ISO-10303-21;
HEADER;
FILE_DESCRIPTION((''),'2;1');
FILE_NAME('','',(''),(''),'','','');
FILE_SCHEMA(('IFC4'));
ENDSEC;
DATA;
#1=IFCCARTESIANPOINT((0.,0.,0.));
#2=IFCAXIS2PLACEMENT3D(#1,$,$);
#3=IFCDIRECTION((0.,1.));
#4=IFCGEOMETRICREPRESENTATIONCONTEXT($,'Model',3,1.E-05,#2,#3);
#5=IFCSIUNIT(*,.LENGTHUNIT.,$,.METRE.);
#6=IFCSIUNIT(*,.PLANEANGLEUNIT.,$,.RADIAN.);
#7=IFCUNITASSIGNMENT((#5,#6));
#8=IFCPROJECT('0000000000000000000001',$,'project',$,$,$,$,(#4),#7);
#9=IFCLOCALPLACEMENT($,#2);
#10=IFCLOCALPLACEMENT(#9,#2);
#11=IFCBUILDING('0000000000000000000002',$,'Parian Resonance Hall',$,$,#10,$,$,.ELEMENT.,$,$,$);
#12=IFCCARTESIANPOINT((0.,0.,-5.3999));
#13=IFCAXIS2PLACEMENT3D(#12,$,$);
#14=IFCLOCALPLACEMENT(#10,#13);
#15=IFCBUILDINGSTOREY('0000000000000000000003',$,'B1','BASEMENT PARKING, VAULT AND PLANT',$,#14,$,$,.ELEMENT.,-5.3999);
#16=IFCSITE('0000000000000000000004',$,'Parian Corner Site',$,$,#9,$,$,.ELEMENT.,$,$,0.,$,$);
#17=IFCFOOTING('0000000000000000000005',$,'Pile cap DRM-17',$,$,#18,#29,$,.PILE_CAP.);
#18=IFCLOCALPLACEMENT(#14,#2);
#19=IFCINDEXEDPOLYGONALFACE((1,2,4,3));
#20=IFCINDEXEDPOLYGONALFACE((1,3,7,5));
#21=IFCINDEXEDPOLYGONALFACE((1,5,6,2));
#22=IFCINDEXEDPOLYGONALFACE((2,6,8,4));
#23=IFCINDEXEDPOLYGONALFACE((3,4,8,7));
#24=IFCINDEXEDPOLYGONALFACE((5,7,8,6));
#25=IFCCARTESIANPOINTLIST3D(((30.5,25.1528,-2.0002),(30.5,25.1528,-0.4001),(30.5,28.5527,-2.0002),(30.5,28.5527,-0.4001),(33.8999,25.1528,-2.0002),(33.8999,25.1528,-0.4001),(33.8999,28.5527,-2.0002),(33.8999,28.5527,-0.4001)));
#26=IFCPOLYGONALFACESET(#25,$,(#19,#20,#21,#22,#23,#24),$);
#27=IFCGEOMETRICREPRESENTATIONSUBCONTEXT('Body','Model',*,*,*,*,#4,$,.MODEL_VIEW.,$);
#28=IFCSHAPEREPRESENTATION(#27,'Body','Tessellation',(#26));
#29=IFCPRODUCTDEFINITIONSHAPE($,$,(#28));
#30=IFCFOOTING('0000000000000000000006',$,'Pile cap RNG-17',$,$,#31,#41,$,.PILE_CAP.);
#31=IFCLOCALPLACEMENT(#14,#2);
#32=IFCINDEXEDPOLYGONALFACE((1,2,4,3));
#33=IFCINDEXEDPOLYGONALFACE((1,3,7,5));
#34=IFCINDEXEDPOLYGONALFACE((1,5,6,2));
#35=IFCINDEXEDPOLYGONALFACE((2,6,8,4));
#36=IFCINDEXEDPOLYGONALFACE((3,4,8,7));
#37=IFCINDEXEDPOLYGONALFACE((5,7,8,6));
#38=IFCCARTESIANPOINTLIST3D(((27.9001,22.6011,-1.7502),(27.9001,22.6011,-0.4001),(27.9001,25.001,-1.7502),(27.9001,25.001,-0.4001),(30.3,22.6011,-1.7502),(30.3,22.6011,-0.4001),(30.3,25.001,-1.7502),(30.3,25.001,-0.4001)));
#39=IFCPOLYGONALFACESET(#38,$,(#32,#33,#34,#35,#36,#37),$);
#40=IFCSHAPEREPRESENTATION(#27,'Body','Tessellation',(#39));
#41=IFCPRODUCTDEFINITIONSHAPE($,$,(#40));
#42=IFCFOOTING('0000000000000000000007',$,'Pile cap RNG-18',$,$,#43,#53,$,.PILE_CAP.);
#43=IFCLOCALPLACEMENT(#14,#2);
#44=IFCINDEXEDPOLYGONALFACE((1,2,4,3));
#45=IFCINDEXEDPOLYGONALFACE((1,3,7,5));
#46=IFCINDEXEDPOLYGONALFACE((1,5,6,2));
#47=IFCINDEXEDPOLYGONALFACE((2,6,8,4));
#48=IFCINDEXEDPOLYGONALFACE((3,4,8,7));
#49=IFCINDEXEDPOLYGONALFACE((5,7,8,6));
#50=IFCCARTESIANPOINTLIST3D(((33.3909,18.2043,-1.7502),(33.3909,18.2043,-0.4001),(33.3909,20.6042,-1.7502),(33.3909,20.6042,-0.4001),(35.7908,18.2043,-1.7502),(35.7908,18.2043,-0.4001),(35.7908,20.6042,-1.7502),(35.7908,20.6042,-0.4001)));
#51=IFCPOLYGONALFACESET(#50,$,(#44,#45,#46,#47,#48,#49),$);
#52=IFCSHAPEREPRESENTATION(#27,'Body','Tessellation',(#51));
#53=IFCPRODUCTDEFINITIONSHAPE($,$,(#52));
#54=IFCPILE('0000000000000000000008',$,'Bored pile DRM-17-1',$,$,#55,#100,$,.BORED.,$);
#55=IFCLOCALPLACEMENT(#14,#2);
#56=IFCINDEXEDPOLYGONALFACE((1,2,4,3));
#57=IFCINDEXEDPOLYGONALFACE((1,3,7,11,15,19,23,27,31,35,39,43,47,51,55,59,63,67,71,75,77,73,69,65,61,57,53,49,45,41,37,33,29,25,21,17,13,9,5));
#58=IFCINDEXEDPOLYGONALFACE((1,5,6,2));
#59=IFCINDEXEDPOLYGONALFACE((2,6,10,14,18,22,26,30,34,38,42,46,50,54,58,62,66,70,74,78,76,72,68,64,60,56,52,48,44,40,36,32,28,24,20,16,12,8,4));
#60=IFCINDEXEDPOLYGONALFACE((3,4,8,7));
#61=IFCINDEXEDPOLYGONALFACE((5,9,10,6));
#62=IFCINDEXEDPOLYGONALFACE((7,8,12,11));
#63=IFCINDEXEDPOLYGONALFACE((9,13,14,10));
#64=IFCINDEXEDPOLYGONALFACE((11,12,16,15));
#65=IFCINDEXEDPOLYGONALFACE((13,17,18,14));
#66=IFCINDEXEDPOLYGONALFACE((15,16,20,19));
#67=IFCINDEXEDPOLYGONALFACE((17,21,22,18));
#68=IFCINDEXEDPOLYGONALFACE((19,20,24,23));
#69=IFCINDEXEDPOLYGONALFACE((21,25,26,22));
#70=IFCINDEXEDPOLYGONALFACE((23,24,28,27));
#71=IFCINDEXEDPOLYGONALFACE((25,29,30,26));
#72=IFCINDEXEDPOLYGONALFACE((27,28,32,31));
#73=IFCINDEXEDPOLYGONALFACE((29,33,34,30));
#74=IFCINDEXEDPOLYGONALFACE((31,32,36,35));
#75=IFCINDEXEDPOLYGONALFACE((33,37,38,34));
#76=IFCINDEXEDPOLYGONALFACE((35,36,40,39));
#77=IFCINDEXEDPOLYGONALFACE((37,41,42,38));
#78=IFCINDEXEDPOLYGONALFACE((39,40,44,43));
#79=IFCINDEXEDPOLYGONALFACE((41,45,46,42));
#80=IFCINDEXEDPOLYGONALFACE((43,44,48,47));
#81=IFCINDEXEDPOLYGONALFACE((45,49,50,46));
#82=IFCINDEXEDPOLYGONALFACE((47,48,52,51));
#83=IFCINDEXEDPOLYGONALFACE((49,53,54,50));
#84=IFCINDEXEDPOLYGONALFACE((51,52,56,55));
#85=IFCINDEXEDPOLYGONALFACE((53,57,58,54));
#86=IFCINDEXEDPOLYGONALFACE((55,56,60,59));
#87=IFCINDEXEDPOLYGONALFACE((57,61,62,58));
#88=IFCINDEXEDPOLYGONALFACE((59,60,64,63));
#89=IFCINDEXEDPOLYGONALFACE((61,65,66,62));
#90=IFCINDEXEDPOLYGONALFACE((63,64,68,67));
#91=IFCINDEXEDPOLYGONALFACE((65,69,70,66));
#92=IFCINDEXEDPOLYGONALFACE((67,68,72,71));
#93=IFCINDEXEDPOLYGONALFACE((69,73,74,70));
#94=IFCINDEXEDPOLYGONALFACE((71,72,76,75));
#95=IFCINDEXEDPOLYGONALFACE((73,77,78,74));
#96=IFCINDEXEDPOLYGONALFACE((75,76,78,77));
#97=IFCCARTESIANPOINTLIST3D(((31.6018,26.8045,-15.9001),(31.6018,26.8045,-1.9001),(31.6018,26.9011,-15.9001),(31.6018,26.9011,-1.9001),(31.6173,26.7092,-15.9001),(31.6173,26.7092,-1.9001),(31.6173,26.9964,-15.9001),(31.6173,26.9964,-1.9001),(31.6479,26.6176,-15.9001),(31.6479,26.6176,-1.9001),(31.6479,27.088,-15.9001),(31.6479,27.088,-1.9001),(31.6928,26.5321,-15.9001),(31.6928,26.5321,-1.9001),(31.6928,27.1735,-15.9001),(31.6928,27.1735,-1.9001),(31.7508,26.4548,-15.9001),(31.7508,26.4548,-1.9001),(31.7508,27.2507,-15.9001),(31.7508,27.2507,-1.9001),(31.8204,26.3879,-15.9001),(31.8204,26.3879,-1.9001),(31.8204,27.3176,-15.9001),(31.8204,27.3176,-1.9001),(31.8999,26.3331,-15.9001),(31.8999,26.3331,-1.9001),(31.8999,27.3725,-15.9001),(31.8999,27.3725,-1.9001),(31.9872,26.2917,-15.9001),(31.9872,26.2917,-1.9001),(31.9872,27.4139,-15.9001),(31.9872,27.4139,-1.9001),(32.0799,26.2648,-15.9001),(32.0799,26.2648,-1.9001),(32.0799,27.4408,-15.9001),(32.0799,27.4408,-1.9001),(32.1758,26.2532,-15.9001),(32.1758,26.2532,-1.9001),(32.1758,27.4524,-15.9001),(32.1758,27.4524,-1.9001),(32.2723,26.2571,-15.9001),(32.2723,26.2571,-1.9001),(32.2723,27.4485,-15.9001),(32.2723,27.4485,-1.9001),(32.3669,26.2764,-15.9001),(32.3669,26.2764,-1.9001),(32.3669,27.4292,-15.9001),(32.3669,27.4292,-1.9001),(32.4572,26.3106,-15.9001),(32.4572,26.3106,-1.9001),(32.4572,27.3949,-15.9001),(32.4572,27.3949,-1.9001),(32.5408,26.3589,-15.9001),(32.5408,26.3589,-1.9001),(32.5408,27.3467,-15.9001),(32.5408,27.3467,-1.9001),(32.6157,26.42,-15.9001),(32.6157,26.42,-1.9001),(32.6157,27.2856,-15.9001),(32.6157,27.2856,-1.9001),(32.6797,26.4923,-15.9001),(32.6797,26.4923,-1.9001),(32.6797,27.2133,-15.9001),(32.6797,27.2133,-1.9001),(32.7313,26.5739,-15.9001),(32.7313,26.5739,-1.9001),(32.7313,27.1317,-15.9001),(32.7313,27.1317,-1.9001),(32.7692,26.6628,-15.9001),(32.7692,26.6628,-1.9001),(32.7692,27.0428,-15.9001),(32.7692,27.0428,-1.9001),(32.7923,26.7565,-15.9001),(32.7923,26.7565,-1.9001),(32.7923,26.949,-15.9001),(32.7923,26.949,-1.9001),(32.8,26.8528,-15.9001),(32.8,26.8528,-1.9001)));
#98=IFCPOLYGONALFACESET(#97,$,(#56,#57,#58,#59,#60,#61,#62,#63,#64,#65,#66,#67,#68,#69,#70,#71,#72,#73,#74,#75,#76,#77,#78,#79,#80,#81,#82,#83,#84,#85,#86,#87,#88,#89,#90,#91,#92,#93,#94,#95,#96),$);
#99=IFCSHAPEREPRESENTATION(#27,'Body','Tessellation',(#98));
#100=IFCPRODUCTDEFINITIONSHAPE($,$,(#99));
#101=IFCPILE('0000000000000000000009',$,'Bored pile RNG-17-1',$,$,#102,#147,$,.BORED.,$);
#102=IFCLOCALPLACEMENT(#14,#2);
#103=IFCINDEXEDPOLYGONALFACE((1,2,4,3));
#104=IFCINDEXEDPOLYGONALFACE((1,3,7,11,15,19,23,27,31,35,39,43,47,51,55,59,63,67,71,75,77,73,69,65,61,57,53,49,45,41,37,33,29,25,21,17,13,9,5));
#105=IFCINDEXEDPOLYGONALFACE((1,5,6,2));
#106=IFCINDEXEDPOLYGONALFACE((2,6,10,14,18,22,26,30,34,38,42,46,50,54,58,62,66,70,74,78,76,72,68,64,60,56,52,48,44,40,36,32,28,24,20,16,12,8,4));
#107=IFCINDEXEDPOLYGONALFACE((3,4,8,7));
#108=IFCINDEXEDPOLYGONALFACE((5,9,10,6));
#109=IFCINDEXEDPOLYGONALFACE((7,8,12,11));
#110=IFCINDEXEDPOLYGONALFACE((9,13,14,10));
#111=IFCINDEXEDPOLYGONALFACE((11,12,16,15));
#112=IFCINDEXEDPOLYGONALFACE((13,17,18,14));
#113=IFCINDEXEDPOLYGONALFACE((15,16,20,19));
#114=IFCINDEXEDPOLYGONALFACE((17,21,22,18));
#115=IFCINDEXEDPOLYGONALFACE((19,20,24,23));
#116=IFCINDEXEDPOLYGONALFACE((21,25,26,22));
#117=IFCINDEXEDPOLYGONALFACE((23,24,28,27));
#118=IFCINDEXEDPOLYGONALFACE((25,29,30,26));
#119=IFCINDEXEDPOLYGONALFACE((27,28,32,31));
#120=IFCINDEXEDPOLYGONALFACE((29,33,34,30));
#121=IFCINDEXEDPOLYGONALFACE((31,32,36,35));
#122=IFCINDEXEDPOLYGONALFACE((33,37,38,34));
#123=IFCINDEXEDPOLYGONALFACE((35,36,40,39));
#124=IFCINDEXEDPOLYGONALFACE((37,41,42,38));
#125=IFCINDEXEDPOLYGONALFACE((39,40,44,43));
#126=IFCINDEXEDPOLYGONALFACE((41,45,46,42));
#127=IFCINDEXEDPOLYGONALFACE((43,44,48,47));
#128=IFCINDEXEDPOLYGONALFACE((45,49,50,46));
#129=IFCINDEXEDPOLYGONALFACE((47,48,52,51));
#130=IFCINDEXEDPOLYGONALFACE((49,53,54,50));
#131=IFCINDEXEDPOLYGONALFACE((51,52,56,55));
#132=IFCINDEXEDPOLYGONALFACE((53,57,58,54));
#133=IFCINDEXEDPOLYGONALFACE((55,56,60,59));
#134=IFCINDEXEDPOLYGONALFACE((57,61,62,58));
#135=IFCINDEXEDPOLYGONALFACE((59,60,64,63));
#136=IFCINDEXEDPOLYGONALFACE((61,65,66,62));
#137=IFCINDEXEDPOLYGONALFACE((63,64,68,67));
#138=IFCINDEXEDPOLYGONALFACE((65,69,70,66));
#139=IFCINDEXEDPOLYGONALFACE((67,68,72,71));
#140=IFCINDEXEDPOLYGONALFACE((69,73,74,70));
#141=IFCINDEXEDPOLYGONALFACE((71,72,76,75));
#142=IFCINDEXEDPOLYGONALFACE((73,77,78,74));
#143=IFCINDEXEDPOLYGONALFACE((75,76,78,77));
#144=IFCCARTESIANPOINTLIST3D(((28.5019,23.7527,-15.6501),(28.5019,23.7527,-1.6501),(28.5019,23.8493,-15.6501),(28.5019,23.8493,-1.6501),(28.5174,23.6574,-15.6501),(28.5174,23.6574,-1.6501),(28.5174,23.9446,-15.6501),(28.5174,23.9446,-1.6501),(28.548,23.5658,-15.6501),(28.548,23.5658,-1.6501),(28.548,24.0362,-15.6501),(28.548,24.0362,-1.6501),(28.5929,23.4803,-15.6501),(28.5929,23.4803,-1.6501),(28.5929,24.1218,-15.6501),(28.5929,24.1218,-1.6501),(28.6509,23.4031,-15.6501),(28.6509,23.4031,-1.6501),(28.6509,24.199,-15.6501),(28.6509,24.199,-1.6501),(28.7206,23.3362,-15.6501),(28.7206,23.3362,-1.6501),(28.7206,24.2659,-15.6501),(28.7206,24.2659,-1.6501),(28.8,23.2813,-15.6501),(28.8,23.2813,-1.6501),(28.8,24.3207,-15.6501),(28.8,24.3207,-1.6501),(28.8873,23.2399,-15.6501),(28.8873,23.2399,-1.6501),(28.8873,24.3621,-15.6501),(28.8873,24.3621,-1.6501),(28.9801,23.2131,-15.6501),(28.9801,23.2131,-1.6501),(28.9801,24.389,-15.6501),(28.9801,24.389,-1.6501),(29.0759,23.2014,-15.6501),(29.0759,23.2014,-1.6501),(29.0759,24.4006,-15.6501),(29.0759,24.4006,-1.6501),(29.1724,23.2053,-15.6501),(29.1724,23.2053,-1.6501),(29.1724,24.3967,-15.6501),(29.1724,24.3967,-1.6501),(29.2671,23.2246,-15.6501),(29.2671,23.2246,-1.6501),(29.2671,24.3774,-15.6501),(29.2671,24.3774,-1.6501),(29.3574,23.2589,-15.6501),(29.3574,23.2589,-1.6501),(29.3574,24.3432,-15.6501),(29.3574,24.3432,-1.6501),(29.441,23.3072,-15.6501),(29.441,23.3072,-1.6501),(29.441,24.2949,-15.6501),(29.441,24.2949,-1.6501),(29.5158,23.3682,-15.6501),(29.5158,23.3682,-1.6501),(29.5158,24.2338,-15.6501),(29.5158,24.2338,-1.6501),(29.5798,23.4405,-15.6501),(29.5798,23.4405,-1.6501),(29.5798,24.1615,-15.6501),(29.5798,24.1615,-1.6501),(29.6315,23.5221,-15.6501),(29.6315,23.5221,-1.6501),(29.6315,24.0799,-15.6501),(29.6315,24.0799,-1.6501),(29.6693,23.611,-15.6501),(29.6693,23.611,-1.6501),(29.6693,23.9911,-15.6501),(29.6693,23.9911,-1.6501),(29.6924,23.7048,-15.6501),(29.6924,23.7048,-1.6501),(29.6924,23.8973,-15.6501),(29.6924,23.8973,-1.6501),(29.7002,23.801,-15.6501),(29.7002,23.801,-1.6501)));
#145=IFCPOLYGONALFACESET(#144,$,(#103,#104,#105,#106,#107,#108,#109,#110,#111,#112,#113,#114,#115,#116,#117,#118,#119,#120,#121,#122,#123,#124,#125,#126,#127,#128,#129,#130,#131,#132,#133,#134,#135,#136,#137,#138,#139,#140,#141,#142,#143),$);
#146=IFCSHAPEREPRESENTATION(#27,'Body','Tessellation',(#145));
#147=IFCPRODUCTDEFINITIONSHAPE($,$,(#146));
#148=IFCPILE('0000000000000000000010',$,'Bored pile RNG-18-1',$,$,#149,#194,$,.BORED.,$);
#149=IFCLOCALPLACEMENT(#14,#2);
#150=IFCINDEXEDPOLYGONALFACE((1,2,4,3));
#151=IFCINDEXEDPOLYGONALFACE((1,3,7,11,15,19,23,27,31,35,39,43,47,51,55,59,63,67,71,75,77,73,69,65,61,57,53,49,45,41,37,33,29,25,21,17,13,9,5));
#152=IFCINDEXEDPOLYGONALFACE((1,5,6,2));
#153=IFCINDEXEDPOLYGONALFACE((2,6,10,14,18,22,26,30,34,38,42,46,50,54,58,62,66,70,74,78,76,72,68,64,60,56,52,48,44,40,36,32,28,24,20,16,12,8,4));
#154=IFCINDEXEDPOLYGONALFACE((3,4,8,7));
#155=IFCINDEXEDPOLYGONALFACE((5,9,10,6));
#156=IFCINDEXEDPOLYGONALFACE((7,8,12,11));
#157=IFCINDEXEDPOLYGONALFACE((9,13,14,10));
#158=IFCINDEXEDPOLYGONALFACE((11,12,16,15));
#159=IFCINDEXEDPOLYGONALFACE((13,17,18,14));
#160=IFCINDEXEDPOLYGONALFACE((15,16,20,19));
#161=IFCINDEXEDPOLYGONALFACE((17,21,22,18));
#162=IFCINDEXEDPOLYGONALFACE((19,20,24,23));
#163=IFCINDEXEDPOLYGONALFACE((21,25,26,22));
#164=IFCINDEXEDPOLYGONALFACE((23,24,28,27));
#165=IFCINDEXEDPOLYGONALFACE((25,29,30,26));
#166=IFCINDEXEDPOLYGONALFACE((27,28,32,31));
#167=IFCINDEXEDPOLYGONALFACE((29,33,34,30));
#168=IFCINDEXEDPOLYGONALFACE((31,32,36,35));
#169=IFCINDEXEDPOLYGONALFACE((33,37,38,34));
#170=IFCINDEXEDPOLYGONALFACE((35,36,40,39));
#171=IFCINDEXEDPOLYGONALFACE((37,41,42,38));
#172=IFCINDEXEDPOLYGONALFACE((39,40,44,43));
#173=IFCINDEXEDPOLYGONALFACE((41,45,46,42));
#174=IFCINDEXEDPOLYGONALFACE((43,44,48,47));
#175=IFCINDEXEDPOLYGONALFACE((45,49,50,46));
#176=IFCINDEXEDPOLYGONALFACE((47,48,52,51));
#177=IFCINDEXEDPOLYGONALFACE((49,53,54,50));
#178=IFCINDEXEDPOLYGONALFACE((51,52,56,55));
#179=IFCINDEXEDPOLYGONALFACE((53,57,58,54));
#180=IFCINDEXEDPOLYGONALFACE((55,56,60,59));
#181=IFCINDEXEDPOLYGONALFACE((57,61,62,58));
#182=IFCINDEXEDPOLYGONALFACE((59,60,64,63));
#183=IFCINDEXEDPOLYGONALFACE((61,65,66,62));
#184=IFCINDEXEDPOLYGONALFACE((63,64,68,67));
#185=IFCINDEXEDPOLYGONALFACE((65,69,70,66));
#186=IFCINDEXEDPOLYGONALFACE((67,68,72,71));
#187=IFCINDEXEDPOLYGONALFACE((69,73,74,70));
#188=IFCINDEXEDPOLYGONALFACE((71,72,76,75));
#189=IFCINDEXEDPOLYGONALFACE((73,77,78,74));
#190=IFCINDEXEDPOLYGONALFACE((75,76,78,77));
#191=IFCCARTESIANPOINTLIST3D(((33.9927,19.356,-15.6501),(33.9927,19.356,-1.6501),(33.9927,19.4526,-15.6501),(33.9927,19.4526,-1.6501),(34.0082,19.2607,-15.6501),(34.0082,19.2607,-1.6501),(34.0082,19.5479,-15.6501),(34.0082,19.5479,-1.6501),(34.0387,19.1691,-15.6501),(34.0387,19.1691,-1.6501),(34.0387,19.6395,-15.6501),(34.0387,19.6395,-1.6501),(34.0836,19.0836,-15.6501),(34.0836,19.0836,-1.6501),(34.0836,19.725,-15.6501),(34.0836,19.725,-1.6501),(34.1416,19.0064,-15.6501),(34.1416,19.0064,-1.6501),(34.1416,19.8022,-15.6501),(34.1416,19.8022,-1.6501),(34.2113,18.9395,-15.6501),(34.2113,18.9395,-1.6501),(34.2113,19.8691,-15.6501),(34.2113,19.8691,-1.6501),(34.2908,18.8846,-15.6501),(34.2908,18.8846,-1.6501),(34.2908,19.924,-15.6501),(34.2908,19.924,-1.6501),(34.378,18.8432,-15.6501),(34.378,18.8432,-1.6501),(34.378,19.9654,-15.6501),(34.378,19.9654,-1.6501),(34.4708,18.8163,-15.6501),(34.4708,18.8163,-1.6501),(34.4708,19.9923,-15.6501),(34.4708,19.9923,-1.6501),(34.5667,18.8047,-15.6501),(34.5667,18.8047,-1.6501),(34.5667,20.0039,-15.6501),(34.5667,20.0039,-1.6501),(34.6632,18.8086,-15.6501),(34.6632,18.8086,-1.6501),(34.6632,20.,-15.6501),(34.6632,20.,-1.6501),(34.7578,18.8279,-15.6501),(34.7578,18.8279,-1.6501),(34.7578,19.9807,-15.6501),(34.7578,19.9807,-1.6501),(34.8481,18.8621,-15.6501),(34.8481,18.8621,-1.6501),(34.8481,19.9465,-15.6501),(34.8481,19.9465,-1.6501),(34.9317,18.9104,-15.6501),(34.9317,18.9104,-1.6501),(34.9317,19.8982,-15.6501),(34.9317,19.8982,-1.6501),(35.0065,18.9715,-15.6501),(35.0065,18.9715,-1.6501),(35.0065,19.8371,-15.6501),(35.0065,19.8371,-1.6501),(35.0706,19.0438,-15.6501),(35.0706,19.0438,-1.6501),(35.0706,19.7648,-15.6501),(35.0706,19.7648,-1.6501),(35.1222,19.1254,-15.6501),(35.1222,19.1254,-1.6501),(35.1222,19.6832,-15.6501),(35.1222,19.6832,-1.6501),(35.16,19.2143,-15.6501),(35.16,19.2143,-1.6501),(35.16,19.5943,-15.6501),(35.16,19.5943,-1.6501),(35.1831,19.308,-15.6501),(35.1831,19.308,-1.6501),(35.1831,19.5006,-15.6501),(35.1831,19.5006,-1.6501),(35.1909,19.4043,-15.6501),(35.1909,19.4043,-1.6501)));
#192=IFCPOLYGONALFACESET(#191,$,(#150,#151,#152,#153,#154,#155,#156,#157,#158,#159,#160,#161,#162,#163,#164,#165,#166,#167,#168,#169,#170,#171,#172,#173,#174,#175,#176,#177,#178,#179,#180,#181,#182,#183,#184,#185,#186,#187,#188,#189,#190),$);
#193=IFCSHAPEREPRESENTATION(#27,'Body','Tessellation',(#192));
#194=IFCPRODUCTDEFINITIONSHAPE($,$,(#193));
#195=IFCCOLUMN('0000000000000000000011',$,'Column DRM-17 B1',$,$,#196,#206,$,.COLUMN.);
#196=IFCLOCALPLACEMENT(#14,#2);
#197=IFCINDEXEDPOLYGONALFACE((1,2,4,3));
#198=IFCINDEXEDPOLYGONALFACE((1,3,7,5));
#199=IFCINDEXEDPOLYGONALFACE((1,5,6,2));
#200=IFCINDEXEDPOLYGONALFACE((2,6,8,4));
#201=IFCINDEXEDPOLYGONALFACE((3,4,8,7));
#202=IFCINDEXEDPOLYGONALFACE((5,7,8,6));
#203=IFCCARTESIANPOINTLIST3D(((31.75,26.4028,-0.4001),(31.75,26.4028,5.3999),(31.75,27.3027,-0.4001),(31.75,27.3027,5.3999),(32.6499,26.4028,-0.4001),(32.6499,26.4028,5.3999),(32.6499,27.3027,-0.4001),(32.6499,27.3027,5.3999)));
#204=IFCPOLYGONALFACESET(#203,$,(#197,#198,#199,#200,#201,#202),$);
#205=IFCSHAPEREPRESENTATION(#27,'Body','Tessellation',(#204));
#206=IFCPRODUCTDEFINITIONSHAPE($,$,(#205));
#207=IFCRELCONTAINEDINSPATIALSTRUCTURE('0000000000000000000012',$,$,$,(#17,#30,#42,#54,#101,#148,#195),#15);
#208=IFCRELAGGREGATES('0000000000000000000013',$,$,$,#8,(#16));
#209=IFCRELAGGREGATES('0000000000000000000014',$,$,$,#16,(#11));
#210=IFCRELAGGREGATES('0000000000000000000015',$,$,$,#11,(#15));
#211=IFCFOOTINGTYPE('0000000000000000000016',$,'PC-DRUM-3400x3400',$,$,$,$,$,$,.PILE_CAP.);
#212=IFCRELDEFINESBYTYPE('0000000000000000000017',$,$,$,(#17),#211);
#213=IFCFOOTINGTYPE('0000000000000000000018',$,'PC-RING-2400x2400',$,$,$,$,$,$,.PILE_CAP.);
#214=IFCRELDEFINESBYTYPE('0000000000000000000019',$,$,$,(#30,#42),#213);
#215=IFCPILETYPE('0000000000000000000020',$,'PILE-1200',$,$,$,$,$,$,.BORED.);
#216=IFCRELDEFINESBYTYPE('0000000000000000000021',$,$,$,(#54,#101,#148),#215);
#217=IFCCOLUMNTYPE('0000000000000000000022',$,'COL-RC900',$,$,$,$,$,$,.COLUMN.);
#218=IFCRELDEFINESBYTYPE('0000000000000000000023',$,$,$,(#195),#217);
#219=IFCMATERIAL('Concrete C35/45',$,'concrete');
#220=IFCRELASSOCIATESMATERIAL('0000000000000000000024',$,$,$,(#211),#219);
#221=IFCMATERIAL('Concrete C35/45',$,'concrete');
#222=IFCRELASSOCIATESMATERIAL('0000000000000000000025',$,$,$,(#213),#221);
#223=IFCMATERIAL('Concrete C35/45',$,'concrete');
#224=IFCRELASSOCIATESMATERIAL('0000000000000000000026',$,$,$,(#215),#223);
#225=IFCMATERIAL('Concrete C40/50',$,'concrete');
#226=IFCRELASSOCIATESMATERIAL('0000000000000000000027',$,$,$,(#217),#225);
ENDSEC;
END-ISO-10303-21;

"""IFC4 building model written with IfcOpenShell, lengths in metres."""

from ifc_helpers import new_model, si_unit, direction, frame, origin, origin_2d, place, context, subcontext, project, spatial, rectangle, circle, extrude, material, material_profile, profile_set, type_object, element, save


model = new_model("IFC4")

# Units and contexts
model_context = context("Model", 3, precision=1e-05, world=origin(), true_north=direction((0.0, 1.0)))
body_context = subcontext(model_context, "Body", "Model", "MODEL_VIEW")
ifc_project = project(units=[si_unit("LENGTHUNIT", "METRE"), si_unit("PLANEANGLEUNIT", "RADIAN")], contexts=[model_context])

# Site, building, storey
site_placement = place(None, origin())
site = spatial("IfcSite", under=ifc_project, at=site_placement, Name="Parian Corner Site", CompositionType="ELEMENT", RefElevation=0.0)
building_placement = place(site_placement, origin())
building = spatial("IfcBuilding", under=site, at=building_placement, Name="Parian Resonance Hall", CompositionType="ELEMENT")
storey_placement = place(building_placement, frame((0.0, 0.0, -5.3999)))
storey = spatial("IfcBuildingStorey", under=building, at=storey_placement, Name="B1", Description="BASEMENT PARKING, VAULT AND PLANT", CompositionType="ELEMENT", Elevation=-5.3999)

# Footings
ifc_material_1 = material(Name="Concrete C35/45", Category="concrete")
footing_type_1 = type_object("IfcFootingType", Name="PC-DRUM-3400x3400", PredefinedType="PILE_CAP", material=ifc_material_1)
footing_placement = place(storey_placement, frame((32.2, 26.8528, -2.0002), z_axis=(0.0, 0.0, 1.0), x_axis=(1.0, 0.0, 0.0)))
element("IfcFooting", 1, at=footing_placement, inside=storey, type_object=footing_type_1, Name="Pile cap DRM-17", PredefinedType="PILE_CAP", context=body_context, shape_type="SweptSolid", body=[
    extrude(rectangle(XDim=3.3999, YDim=3.3999, at=origin_2d()), origin(), (0.0, 0.0, 1.0), 1.6001),
])
ifc_material_2 = material(Name="Concrete C35/45", Category="concrete")
footing_type_2 = type_object("IfcFootingType", Name="PC-RING-2400x2400", PredefinedType="PILE_CAP", material=ifc_material_2)
for number, where, z_axis, x_axis, name in (
    (2, (29.1001, 23.801, -1.7502), (0.0, 0.0, 1.0), (1.0, 0.0, 0.0), "Pile cap RNG-17"),
    (3, (34.5908, 19.4043, -1.7502), (0.0, 0.0, 1.0), (1.0, 0.0, 0.0), "Pile cap RNG-18"),
):
    element("IfcFooting", number, at=place(storey_placement, frame(where, z_axis=z_axis, x_axis=x_axis)), inside=storey, type_object=footing_type_2, Name=name, PredefinedType="PILE_CAP", context=body_context, shape_type="SweptSolid", body=[
        extrude(rectangle(XDim=2.3999, YDim=2.3999, at=origin_2d()), origin(), (0.0, 0.0, 1.0), 1.3501),
    ])

# Piles
ifc_material_3 = material(Name="Concrete C35/45", Category="concrete")
ifc_material_profile_1 = material_profile(ifc_material_3, circle(Radius=0.6001, at=origin_2d()), Name="PILE-D1200")
ifc_profile_set_1 = profile_set([ifc_material_profile_1], Name="Concrete C35/45")
pile_type = type_object("IfcPileType", Name="PILE-1200", PredefinedType="BORED", material=ifc_profile_set_1)
for number, where, z_axis, x_axis, name in (
    (4, (32.2, 26.8528, -1.9001), (0.0, 0.0, -1.0), (1.0, 0.0, 0.0), "Bored pile DRM-17-1"),
    (5, (29.1001, 23.801, -1.6501), (0.0, 0.0, -1.0), (1.0, 0.0, 0.0), "Bored pile RNG-17-1"),
    (6, (34.5908, 19.4043, -1.6501), (0.0, 0.0, -1.0), (1.0, 0.0, 0.0), "Bored pile RNG-18-1"),
):
    element("IfcPile", number, at=place(storey_placement, frame(where, z_axis=z_axis, x_axis=x_axis)), inside=storey, type_object=pile_type, Name=name, PredefinedType="BORED", context=body_context, shape_type="SweptSolid", body=[
        extrude(circle(Radius=0.6001, at=origin_2d()), origin(), (0.0, 0.0, 1.0), 14.0),
    ])

# Column
ifc_material_4 = material(Name="Concrete C40/50", Category="concrete")
ifc_material_profile_2 = material_profile(ifc_material_4, rectangle(XDim=0.8999, YDim=0.8999, at=origin_2d()), Name="RC-COL-900x900")
ifc_profile_set_2 = profile_set([ifc_material_profile_2], Name="Concrete C40/50")
column_type_1 = type_object("IfcColumnType", Name="COL-RC900", PredefinedType="COLUMN", material=ifc_profile_set_2)
column_placement = place(storey_placement, frame((32.2, 26.8528, -0.4001), z_axis=(0.0, 0.0, 1.0), x_axis=(1.0, 0.0, 0.0)))
element("IfcColumn", 7, at=column_placement, inside=storey, type_object=column_type_1, Name="Column DRM-17 B1", PredefinedType="COLUMN", context=body_context, shape_type="SweptSolid", body=[
    extrude(rectangle(XDim=0.8999, YDim=0.8999, at=origin_2d()), origin(), (0.0, 0.0, 1.0), 5.8),
])

save(model, "model.ifc")
